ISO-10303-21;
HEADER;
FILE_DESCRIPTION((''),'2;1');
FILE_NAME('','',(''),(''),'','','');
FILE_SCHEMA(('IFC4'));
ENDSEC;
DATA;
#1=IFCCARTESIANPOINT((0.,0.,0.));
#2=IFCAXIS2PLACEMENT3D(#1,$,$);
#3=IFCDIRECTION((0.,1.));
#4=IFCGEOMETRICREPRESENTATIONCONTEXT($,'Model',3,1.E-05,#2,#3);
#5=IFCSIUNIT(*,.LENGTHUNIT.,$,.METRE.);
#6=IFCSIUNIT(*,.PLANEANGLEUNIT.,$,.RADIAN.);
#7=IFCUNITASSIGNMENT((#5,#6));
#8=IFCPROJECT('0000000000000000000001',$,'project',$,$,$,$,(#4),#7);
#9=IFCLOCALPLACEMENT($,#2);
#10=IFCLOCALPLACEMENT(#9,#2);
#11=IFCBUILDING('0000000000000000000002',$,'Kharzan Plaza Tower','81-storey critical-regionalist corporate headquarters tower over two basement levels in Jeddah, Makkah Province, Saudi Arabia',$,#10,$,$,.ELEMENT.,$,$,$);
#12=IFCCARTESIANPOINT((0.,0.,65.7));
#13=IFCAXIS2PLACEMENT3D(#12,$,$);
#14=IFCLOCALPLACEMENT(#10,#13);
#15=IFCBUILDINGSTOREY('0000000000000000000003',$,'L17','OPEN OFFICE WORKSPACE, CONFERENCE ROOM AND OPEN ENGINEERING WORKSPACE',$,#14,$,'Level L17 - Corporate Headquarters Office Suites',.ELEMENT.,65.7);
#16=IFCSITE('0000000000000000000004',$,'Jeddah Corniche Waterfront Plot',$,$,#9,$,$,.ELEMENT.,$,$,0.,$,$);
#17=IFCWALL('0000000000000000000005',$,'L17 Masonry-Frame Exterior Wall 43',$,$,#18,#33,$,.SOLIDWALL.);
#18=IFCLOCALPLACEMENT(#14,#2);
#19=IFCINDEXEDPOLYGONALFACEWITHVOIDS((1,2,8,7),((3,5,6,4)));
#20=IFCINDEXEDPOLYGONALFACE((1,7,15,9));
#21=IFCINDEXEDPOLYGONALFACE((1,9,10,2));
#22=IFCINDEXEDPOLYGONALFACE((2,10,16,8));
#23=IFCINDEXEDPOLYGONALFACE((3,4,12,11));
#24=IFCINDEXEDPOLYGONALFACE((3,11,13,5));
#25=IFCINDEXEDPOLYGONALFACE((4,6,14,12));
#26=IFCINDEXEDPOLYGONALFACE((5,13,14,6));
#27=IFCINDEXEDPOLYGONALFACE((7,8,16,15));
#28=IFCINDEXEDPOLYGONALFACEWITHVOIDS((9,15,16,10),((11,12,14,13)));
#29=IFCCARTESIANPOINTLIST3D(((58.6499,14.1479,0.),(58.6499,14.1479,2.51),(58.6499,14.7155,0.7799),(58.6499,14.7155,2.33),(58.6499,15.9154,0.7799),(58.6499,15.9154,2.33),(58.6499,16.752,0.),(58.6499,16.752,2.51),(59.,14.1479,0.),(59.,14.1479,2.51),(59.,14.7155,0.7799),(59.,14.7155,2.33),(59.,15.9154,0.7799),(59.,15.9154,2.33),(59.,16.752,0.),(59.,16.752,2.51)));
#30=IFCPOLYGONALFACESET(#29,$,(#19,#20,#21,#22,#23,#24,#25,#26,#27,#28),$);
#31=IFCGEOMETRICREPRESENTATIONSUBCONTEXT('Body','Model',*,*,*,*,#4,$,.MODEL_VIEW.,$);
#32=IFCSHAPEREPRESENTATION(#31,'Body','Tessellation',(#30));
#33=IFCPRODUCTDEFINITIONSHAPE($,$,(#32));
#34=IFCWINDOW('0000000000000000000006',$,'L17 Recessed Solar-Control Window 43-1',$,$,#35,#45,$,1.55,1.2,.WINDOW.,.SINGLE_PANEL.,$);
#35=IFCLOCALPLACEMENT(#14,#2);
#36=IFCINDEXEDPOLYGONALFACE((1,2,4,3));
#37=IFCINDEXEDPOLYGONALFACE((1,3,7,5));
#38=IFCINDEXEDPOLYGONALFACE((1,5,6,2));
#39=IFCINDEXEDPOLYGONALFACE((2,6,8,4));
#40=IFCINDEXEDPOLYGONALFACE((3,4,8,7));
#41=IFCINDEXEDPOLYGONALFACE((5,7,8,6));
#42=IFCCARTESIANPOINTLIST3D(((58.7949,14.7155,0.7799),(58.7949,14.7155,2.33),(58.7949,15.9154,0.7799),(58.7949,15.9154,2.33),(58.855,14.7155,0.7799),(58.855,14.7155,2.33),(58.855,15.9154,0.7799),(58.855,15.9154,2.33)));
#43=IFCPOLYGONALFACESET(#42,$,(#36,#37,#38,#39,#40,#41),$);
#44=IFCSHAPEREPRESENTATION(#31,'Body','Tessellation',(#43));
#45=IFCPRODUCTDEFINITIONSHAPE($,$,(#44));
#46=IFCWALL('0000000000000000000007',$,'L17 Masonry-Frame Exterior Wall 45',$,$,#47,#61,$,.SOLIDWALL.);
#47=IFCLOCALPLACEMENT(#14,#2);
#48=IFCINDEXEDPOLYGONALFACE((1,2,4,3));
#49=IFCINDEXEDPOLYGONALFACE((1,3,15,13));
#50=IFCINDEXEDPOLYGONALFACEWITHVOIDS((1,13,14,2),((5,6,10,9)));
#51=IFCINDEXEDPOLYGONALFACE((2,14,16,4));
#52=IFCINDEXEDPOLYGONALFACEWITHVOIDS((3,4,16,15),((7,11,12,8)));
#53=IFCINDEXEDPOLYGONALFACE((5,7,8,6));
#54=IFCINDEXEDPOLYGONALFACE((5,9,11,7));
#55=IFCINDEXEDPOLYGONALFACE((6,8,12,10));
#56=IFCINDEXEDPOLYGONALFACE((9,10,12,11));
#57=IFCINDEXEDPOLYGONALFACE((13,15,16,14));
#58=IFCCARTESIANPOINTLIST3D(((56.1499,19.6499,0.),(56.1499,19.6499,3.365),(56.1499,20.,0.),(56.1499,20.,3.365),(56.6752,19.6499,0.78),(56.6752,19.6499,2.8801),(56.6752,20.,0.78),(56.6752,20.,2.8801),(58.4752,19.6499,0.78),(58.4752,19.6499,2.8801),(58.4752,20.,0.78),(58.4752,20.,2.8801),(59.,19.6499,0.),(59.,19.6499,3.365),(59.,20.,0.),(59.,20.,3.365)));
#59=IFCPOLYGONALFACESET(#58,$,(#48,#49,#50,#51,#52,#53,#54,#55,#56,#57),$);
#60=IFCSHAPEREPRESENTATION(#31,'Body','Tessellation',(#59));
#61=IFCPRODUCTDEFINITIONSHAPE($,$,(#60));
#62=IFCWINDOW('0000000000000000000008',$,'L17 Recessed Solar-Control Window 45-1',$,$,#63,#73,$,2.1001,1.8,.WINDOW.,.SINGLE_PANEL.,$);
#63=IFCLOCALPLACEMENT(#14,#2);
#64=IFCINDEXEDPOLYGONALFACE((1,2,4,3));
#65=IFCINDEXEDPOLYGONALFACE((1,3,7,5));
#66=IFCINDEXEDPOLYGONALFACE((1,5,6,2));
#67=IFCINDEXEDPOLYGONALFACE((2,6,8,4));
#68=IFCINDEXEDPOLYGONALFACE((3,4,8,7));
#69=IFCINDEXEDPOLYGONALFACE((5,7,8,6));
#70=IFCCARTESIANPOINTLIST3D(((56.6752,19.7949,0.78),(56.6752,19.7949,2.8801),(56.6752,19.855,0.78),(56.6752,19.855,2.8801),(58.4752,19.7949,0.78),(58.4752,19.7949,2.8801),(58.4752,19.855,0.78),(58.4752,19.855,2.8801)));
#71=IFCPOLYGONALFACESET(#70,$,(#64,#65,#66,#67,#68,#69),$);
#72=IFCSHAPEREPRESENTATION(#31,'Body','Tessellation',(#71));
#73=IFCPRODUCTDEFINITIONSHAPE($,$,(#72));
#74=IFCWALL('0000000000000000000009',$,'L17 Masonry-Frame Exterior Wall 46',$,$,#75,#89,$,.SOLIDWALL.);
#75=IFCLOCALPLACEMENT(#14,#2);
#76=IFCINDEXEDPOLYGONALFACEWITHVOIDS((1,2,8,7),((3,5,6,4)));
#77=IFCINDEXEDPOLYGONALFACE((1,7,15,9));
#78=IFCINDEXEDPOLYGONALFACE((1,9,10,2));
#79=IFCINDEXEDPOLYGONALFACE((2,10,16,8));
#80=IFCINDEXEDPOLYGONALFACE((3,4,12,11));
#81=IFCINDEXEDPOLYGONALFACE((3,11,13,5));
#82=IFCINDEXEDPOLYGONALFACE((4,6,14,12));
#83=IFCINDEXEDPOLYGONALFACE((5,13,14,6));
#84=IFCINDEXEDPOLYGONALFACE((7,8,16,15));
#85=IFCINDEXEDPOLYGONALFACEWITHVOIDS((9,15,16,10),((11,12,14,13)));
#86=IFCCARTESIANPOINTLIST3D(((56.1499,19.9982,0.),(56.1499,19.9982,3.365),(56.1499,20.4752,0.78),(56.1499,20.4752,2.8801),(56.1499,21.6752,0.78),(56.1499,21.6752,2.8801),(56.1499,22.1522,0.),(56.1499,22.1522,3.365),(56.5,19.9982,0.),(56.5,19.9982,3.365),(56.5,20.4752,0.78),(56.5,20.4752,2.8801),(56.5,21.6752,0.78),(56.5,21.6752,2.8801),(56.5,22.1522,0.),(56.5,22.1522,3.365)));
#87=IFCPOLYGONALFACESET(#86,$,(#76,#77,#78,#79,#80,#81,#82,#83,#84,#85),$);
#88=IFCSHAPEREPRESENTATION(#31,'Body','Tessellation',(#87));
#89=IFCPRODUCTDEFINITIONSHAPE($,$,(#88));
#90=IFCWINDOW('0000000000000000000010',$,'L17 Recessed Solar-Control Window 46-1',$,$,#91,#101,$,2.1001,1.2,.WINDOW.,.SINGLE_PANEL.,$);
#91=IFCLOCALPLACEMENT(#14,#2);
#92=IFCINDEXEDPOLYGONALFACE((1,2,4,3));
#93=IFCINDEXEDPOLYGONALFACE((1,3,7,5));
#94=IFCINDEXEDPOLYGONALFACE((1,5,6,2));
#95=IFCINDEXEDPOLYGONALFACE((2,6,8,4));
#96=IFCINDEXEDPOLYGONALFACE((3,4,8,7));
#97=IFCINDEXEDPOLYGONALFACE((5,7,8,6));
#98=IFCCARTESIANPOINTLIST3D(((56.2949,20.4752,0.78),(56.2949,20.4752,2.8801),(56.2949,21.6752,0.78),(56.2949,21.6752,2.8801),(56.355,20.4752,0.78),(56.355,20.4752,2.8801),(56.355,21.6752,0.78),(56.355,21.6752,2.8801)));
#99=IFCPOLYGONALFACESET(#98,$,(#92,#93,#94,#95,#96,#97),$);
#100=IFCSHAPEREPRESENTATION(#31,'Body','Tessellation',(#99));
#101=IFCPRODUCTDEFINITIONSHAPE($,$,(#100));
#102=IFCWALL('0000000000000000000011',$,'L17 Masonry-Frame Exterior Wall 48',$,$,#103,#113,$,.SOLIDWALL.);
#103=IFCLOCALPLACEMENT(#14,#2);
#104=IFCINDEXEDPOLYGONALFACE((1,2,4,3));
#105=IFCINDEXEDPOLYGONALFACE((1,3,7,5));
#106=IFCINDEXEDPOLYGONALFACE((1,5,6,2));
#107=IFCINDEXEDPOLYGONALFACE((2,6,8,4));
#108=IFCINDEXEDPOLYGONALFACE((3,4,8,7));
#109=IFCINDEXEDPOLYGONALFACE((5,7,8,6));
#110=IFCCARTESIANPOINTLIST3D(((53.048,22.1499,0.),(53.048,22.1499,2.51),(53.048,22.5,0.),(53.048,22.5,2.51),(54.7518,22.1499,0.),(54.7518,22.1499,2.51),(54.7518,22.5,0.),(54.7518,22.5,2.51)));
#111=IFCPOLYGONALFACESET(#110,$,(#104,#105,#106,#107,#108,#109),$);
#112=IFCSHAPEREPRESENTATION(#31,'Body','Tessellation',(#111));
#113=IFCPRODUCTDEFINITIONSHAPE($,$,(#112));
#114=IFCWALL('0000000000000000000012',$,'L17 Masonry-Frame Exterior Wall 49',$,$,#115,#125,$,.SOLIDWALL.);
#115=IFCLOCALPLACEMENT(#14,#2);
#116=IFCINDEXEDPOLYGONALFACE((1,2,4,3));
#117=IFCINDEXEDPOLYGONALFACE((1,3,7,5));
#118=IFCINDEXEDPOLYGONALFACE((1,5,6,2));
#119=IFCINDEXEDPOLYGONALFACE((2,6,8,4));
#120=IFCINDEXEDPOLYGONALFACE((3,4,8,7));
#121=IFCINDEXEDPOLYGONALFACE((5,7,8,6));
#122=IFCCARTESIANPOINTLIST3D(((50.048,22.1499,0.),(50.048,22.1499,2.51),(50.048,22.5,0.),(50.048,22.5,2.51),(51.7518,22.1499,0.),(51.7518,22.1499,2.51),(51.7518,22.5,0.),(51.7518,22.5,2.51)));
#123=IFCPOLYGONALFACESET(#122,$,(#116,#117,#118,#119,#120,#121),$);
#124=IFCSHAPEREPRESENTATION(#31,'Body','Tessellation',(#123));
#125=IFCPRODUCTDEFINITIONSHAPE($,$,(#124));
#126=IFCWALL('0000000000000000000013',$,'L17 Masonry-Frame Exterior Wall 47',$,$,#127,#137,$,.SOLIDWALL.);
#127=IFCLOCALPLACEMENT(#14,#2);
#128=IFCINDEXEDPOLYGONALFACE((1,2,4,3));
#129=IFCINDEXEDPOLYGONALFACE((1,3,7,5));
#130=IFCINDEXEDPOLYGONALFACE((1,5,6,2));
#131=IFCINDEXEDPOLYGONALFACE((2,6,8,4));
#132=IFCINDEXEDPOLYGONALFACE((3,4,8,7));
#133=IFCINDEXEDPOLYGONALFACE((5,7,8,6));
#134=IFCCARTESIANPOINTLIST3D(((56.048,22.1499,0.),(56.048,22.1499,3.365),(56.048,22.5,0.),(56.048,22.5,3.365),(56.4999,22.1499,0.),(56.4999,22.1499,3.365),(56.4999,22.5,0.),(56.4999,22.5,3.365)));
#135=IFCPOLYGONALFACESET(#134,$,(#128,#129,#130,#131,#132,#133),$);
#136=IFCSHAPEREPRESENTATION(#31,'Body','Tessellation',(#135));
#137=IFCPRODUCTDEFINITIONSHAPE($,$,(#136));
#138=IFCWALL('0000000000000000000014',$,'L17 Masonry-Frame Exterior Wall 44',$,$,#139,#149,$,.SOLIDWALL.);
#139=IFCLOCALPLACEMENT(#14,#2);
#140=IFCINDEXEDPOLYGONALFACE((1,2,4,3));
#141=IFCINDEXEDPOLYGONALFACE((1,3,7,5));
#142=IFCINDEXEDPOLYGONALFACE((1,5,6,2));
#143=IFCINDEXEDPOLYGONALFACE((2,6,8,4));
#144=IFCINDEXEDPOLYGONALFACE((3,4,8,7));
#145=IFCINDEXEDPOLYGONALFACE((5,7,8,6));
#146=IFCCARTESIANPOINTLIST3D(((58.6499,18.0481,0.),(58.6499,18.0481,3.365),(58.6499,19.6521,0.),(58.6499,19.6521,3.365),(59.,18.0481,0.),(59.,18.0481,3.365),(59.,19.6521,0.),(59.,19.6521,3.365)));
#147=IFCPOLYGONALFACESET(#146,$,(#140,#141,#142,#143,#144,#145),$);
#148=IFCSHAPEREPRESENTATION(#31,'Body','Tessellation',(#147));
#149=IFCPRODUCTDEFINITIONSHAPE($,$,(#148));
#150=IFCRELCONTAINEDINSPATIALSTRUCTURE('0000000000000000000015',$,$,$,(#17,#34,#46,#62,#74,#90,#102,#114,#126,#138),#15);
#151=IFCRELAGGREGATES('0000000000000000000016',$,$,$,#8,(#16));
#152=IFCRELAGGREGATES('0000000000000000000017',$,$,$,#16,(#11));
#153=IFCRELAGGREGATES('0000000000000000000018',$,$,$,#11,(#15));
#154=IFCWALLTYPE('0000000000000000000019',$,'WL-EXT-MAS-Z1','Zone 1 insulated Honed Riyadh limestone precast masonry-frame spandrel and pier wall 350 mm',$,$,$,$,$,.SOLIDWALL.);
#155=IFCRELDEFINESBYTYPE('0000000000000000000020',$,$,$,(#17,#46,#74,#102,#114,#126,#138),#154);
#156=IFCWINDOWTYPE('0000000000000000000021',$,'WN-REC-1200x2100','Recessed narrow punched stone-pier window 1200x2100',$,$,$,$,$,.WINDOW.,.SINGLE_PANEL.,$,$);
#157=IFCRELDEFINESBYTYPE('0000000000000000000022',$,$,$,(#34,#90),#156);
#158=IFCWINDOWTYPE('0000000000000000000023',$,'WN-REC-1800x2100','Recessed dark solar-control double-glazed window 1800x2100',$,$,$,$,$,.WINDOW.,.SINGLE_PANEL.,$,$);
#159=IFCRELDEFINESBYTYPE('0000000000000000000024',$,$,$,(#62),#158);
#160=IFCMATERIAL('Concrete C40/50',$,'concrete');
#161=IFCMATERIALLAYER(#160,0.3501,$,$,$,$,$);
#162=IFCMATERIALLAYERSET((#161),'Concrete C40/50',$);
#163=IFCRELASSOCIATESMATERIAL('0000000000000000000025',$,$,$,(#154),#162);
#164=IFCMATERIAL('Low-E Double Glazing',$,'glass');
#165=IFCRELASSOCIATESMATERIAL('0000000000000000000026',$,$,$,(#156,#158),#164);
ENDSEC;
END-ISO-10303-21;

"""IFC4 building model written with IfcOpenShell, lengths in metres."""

from ifc_helpers import new_model, si_unit, direction, frame, frame_2d, origin, place, context, subcontext, project, spatial, rectangle, extrude, source, transform, mapped, material, layer, layer_set, type_object, element, fill, save


model = new_model("IFC4")

# Units and contexts
model_context = context("Model", 3, precision=1e-05, world=origin(), true_north=direction((0.0, 1.0)))
body_context = subcontext(model_context, "Body", "Model", "MODEL_VIEW")
ifc_project = project(units=[si_unit("LENGTHUNIT", "METRE"), si_unit("PLANEANGLEUNIT", "RADIAN")], contexts=[model_context])

# Site, building, storey
site_placement = place(None, origin())
site = spatial("IfcSite", under=ifc_project, at=site_placement, Name="Jeddah Corniche Waterfront Plot", CompositionType="ELEMENT", RefElevation=0.0)
building_placement = place(site_placement, origin())
building = spatial("IfcBuilding", under=site, at=building_placement, Name="Kharzan Plaza Tower", Description="81-storey critical-regionalist corporate headquarters tower over two basement levels in Jeddah, Makkah Province, Saudi Arabia", CompositionType="ELEMENT")
storey_placement = place(building_placement, frame((0.0, 0.0, 65.7)))
storey = spatial("IfcBuildingStorey", under=building, at=storey_placement, Name="L17", Description="OPEN OFFICE WORKSPACE, CONFERENCE ROOM AND OPEN ENGINEERING WORKSPACE", LongName="Level L17 - Corporate Headquarters Office Suites", CompositionType="ELEMENT", Elevation=65.7)

# Walls, openings, windows
ifc_material_1 = material(Name="Concrete C40/50", Category="concrete")
ifc_layer = layer(ifc_material_1, 0.3501)
ifc_layer_set = layer_set([ifc_layer], Name="Concrete C40/50")
wall_type = type_object("IfcWallType", Name="WL-EXT-MAS-Z1", Description="Zone 1 insulated Honed Riyadh limestone precast masonry-frame spandrel and pier wall 350 mm", PredefinedType="SOLIDWALL", material=ifc_layer_set)
wall_1_placement = place(storey_placement, frame((58.825, 14.1479, 0.0), z_axis=(0.0, 0.0, 1.0), x_axis=(0.0, 1.0, 0.0)))
wall_1 = element("IfcWall", 1, at=wall_1_placement, inside=storey, type_object=wall_type, Name="L17 Masonry-Frame Exterior Wall 43", PredefinedType="SOLIDWALL", context=body_context, shape_type="SweptSolid", body=[
    extrude(rectangle(XDim=2.604, YDim=0.3501, at=frame_2d((1.302, 0.0))), origin(), (0.0, 0.0, 1.0), 2.51),
])
opening_1_placement = place(wall_1_placement, frame((0.5674, 0.0, 0.78)))
opening_1 = element("IfcOpeningElement", 2, at=opening_1_placement, cuts=wall_1, PredefinedType="OPENING", context=body_context, shape_type="SweptSolid", body=[
    extrude(rectangle(XDim=1.2, YDim=1.55, at=frame_2d((0.6001, 0.7749))), frame((0.0, 0.1851, 0.0), z_axis=(0.0, -1.0, 0.0), x_axis=(1.0, 0.0, 0.0)), (0.0, 0.0, 1.0), 0.3701),
])
ifc_material_2 = material(Name="Low-E Double Glazing", Category="glass")
window_type_1 = type_object("IfcWindowType", Name="WN-REC-1200x2100", Description="Recessed narrow punched stone-pier window 1200x2100", PartitioningType="SINGLE_PANEL", PredefinedType="WINDOW", material=ifc_material_2)
shared_shape_1 = source(origin(), body_context, "Body", "SweptSolid", [
    extrude(rectangle(XDim=1.2, YDim=1.55, at=frame_2d((0.6001, 0.7749))), frame((0.0, 0.03, 0.0), z_axis=(0.0, -1.0, 0.0), x_axis=(1.0, 0.0, 0.0)), (0.0, 0.0, 1.0), 0.0601),
])
window_1_placement = place(opening_1_placement, origin())
window_1 = element("IfcWindow", 3, at=window_1_placement, inside=storey, type_object=window_type_1, Name="L17 Recessed Solar-Control Window 43-1", OverallHeight=1.55, OverallWidth=1.2, PartitioningType="SINGLE_PANEL", PredefinedType="WINDOW", context=body_context, shape_type="MappedRepresentation", body=[
    mapped(shared_shape_1, transform((0.0, 0.0, 0.0), x_axis=(1.0, 0.0, 0.0), y_axis=(0.0, 1.0, 0.0), z_axis=(0.0, 0.0, 1.0))),
])
fill(opening_1, window_1)
wall_2_placement = place(storey_placement, frame((59.0, 19.825, 0.0), z_axis=(0.0, 0.0, 1.0), x_axis=(-1.0, 0.0, 0.0)))
wall_2 = element("IfcWall", 4, at=wall_2_placement, inside=storey, type_object=wall_type, Name="L17 Masonry-Frame Exterior Wall 45", PredefinedType="SOLIDWALL", context=body_context, shape_type="SweptSolid", body=[
    extrude(rectangle(XDim=2.8501, YDim=0.3501, at=frame_2d((1.425, 0.0))), origin(), (0.0, 0.0, 1.0), 3.365),
])
opening_2_placement = place(wall_2_placement, frame((0.5249, 0.0, 0.78)))
opening_2 = element("IfcOpeningElement", 5, at=opening_2_placement, cuts=wall_2, PredefinedType="OPENING", context=body_context, shape_type="SweptSolid", body=[
    extrude(rectangle(XDim=1.8, YDim=2.1001, at=frame_2d((0.8999, 1.05))), frame((0.0, 0.1851, 0.0), z_axis=(0.0, -1.0, 0.0), x_axis=(1.0, 0.0, 0.0)), (0.0, 0.0, 1.0), 0.3701),
])
window_type_2 = type_object("IfcWindowType", Name="WN-REC-1800x2100", Description="Recessed dark solar-control double-glazed window 1800x2100", PartitioningType="SINGLE_PANEL", PredefinedType="WINDOW", material=ifc_material_2)
shared_shape_2 = source(origin(), body_context, "Body", "SweptSolid", [
    extrude(rectangle(XDim=1.8, YDim=2.1001, at=frame_2d((0.8999, 1.05))), frame((0.0, 0.03, 0.0), z_axis=(0.0, -1.0, 0.0), x_axis=(1.0, 0.0, 0.0)), (0.0, 0.0, 1.0), 0.0601),
])
window_2_placement = place(opening_2_placement, origin())
window_2 = element("IfcWindow", 6, at=window_2_placement, inside=storey, type_object=window_type_2, Name="L17 Recessed Solar-Control Window 45-1", OverallHeight=2.1001, OverallWidth=1.8, PartitioningType="SINGLE_PANEL", PredefinedType="WINDOW", context=body_context, shape_type="MappedRepresentation", body=[
    mapped(shared_shape_2, transform((0.0, 0.0, 0.0), x_axis=(1.0, 0.0, 0.0), y_axis=(0.0, 1.0, 0.0), z_axis=(0.0, 0.0, 1.0))),
])
fill(opening_2, window_2)
wall_3_placement = place(storey_placement, frame((56.325, 19.998, 0.0), z_axis=(0.0, 0.0, 1.0), x_axis=(0.0, 1.0, 0.0)))
wall_3 = element("IfcWall", 7, at=wall_3_placement, inside=storey, type_object=wall_type, Name="L17 Masonry-Frame Exterior Wall 46", PredefinedType="SOLIDWALL", context=body_context, shape_type="SweptSolid", body=[
    extrude(rectangle(XDim=2.1541, YDim=0.3501, at=frame_2d((1.0771, 0.0))), origin(), (0.0, 0.0, 1.0), 3.365),
])
opening_3_placement = place(wall_3_placement, frame((0.4771, 0.0, 0.78)))
opening_3 = element("IfcOpeningElement", 8, at=opening_3_placement, cuts=wall_3, PredefinedType="OPENING", context=body_context, shape_type="SweptSolid", body=[
    extrude(rectangle(XDim=1.2, YDim=2.1001, at=frame_2d((0.6001, 1.05))), frame((0.0, 0.1851, 0.0), z_axis=(0.0, -1.0, 0.0), x_axis=(1.0, 0.0, 0.0)), (0.0, 0.0, 1.0), 0.3701),
])
shared_shape_3 = source(origin(), body_context, "Body", "SweptSolid", [
    extrude(rectangle(XDim=1.2, YDim=2.1001, at=frame_2d((0.6001, 1.05))), frame((0.0, 0.03, 0.0), z_axis=(0.0, -1.0, 0.0), x_axis=(1.0, 0.0, 0.0)), (0.0, 0.0, 1.0), 0.0601),
])
window_3_placement = place(opening_3_placement, origin())
window_3 = element("IfcWindow", 9, at=window_3_placement, inside=storey, type_object=window_type_1, Name="L17 Recessed Solar-Control Window 46-1", OverallHeight=2.1001, OverallWidth=1.2, PartitioningType="SINGLE_PANEL", PredefinedType="WINDOW", context=body_context, shape_type="MappedRepresentation", body=[
    mapped(shared_shape_3, transform((0.0, 0.0, 0.0), x_axis=(1.0, 0.0, 0.0), y_axis=(0.0, 1.0, 0.0), z_axis=(0.0, 0.0, 1.0))),
])
fill(opening_3, window_3)

# Walls
shared_shape_4 = source(origin(), body_context, "Body", "SweptSolid", [
    extrude(rectangle(XDim=1.7039, YDim=0.3501, at=frame_2d((0.8521, 0.0))), origin(), (0.0, 0.0, 1.0), 2.51),
])
for number, where, z_axis, x_axis, name in (
    (10, (54.752, 22.325, 0.0), (0.0, 0.0, 1.0), (-1.0, 0.0, 0.0), "L17 Masonry-Frame Exterior Wall 48"),
    (11, (51.752, 22.325, 0.0), (0.0, 0.0, 1.0), (-1.0, 0.0, 0.0), "L17 Masonry-Frame Exterior Wall 49"),
):
    element("IfcWall", number, at=place(storey_placement, frame(where, z_axis=z_axis, x_axis=x_axis)), inside=storey, type_object=wall_type, Name=name, PredefinedType="SOLIDWALL", context=body_context, shape_type="MappedRepresentation", body=[
        mapped(shared_shape_4, transform((0.0, 0.0, 0.0), x_axis=(1.0, 0.0, 0.0), y_axis=(0.0, 1.0, 0.0), z_axis=(0.0, 0.0, 1.0))),
    ])
shared_shape_5 = source(origin(), body_context, "Body", "SweptSolid", [
    extrude(rectangle(XDim=0.4519, YDim=0.3501, at=frame_2d((0.2261, 0.0))), origin(), (0.0, 0.0, 1.0), 3.365),
])
wall_4_placement = place(storey_placement, frame((56.5, 22.325, 0.0), z_axis=(0.0, 0.0, 1.0), x_axis=(-1.0, 0.0, 0.0)))
element("IfcWall", 12, at=wall_4_placement, inside=storey, type_object=wall_type, Name="L17 Masonry-Frame Exterior Wall 47", PredefinedType="SOLIDWALL", context=body_context, shape_type="MappedRepresentation", body=[
    mapped(shared_shape_5, transform((0.0, 0.0, 0.0), x_axis=(1.0, 0.0, 0.0), y_axis=(0.0, 1.0, 0.0), z_axis=(0.0, 0.0, 1.0))),
])
shared_shape_6 = source(origin(), body_context, "Body", "SweptSolid", [
    extrude(rectangle(XDim=1.604, YDim=0.3501, at=frame_2d((0.802, 0.0))), origin(), (0.0, 0.0, 1.0), 3.365),
])
wall_5_placement = place(storey_placement, frame((58.825, 18.0481, 0.0), z_axis=(0.0, 0.0, 1.0), x_axis=(0.0, 1.0, 0.0)))
element("IfcWall", 13, at=wall_5_placement, inside=storey, type_object=wall_type, Name="L17 Masonry-Frame Exterior Wall 44", PredefinedType="SOLIDWALL", context=body_context, shape_type="MappedRepresentation", body=[
    mapped(shared_shape_6, transform((0.0, 0.0, 0.0), x_axis=(1.0, 0.0, 0.0), y_axis=(0.0, 1.0, 0.0), z_axis=(0.0, 0.0, 1.0))),
])

save(model, "model.ifc")
